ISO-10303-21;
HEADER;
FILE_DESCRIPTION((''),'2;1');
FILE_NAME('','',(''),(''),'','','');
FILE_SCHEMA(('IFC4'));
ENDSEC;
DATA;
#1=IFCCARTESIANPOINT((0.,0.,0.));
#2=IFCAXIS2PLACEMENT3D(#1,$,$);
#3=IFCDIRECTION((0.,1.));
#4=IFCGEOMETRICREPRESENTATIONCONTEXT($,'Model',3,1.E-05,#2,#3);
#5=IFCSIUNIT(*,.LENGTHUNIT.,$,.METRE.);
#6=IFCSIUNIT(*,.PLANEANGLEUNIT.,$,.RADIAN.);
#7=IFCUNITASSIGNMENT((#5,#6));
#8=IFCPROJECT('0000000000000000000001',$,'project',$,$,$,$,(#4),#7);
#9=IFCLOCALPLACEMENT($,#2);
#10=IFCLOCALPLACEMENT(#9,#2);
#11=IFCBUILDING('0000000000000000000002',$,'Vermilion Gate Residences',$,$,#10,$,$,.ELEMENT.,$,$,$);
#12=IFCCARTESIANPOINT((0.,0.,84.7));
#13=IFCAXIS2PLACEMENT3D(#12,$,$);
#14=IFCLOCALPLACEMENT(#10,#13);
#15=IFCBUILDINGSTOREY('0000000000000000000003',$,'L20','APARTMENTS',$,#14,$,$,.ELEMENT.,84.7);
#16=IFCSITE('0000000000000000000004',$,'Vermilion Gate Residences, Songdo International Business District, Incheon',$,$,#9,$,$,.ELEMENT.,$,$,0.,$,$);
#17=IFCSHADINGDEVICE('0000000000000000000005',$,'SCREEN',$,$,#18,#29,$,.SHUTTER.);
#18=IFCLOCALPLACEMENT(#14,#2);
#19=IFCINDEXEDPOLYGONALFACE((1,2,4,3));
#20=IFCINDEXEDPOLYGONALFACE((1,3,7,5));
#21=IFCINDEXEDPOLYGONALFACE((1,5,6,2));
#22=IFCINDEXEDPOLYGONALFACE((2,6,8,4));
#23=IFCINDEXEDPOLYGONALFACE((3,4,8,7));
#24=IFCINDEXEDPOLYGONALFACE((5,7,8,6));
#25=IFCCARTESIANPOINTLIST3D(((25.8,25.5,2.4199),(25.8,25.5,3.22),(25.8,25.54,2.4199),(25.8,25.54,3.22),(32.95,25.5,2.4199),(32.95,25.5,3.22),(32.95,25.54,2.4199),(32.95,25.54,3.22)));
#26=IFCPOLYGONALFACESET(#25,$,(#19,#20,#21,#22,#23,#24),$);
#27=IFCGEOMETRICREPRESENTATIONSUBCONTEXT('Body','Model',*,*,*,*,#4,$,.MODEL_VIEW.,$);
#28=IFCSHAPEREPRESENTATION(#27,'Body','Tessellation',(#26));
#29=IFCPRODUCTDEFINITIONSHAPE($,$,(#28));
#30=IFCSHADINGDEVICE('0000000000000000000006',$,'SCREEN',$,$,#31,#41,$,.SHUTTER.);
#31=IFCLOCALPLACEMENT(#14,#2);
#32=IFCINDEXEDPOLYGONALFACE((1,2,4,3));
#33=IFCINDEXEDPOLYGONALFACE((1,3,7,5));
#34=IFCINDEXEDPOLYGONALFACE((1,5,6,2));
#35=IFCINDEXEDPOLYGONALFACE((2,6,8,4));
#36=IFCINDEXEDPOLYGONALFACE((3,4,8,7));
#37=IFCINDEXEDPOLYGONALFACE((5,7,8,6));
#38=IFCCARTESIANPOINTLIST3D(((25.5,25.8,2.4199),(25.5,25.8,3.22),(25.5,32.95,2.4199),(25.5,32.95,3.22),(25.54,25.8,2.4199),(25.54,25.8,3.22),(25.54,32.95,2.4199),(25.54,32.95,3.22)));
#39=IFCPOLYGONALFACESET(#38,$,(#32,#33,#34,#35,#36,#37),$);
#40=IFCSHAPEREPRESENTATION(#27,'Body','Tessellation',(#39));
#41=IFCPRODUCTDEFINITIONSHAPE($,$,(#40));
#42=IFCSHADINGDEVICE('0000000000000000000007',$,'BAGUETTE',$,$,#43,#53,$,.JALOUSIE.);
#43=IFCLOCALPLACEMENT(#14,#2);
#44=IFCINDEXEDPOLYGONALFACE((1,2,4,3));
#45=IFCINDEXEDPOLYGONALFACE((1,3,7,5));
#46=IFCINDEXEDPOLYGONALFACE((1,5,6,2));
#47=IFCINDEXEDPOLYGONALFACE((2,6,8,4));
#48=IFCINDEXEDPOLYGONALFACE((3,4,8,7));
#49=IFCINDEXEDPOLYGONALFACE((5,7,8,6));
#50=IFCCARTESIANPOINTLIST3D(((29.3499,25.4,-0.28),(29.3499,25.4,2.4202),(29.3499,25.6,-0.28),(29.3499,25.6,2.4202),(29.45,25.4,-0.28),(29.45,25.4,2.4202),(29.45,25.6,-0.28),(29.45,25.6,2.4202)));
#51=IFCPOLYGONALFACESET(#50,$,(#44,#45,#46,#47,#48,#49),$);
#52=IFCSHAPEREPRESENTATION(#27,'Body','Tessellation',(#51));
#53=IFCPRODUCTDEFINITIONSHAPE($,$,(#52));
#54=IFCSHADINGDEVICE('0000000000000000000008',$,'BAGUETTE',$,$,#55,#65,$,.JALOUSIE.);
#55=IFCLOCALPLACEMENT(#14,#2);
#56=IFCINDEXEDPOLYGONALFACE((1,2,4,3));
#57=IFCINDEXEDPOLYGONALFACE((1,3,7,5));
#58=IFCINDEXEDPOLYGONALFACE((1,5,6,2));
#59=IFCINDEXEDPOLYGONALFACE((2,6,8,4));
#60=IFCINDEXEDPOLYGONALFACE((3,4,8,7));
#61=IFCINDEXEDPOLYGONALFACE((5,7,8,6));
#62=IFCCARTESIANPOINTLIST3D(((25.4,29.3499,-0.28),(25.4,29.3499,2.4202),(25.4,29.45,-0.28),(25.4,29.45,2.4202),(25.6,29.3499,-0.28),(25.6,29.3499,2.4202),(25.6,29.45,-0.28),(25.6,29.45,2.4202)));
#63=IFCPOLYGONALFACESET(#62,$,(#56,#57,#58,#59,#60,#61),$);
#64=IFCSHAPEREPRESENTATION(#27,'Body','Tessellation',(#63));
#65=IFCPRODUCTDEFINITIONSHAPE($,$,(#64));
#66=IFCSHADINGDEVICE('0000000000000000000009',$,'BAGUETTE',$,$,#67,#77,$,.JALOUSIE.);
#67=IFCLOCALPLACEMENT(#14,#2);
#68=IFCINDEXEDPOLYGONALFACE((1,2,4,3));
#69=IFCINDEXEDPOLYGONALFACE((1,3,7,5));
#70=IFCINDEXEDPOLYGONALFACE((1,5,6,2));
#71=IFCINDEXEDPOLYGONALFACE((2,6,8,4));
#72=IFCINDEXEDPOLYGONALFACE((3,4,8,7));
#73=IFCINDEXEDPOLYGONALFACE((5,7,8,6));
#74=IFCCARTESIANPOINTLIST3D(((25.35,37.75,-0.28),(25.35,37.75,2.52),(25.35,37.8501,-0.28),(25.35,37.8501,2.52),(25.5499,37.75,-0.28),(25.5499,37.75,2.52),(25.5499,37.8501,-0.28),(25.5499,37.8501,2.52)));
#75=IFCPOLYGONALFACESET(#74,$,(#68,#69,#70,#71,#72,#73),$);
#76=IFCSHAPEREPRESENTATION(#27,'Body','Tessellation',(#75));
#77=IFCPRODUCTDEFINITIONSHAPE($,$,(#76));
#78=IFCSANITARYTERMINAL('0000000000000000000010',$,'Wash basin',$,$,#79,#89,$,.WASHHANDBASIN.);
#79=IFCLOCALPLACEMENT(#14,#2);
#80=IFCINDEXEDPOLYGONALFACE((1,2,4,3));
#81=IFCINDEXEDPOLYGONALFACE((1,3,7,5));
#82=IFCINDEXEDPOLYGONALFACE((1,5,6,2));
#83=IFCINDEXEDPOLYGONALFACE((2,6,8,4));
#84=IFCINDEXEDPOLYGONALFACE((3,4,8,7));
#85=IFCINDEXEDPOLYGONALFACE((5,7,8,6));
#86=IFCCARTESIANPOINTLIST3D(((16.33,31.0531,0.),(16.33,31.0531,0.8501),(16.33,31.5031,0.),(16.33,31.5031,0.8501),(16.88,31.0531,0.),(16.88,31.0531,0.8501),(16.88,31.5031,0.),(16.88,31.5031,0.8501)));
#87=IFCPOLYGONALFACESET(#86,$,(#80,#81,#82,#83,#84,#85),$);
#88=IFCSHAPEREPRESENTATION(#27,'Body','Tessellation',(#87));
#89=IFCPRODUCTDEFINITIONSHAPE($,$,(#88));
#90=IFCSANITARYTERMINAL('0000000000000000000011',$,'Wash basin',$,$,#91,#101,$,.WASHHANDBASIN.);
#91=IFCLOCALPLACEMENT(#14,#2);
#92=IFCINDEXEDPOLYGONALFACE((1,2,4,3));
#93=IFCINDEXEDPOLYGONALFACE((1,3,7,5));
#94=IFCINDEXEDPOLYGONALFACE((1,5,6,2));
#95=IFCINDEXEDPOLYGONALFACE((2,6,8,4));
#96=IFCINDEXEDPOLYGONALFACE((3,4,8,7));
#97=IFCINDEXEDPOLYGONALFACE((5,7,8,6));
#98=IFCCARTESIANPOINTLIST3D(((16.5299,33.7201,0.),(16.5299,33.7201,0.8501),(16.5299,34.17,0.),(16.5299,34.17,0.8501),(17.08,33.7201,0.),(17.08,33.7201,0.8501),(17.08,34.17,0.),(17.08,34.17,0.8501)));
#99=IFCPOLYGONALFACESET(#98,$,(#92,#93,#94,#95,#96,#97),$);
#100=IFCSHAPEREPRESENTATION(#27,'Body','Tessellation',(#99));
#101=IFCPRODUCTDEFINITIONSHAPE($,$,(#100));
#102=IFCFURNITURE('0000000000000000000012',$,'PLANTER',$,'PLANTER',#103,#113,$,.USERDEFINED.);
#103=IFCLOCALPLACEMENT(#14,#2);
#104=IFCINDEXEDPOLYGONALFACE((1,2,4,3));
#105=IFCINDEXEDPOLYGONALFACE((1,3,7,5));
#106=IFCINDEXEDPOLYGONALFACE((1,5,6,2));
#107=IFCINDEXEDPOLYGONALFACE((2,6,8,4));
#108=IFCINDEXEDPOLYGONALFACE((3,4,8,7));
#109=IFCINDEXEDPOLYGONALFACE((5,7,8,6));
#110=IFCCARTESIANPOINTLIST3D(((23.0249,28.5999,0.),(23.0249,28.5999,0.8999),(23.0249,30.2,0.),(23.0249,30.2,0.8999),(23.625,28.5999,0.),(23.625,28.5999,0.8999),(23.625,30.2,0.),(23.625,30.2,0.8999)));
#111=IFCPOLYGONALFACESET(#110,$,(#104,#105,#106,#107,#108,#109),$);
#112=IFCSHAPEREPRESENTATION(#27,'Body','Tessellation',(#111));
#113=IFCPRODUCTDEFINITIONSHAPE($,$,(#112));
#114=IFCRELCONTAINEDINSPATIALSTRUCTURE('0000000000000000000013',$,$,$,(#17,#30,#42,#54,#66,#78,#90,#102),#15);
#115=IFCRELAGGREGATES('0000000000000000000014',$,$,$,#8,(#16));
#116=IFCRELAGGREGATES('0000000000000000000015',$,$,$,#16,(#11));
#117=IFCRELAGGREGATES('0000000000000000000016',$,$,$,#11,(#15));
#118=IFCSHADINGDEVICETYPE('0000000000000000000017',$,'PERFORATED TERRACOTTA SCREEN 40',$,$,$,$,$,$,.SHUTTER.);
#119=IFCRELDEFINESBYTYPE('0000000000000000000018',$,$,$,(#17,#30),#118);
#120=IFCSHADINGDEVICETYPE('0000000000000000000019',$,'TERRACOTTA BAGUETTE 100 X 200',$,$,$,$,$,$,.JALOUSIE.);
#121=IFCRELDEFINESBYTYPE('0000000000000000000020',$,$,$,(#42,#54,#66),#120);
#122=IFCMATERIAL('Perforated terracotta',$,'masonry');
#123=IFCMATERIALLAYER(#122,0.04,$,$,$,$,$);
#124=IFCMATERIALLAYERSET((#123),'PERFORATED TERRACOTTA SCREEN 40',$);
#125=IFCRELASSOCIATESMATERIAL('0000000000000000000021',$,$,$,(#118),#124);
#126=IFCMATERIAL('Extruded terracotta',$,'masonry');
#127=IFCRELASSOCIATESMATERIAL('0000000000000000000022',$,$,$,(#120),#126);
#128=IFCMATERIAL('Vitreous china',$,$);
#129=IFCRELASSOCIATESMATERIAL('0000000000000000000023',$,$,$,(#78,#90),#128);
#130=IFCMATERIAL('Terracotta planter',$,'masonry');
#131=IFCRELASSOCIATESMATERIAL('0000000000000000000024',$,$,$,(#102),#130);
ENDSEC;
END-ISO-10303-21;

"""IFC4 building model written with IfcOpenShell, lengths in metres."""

from ifc_helpers import new_model, si_unit, direction, frame, origin, origin_2d, place, context, subcontext, project, spatial, rectangle, extrude, material, layer, layer_set, material_profile, profile_set, type_object, element, save


model = new_model("IFC4")

# Units and contexts
model_context = context("Model", 3, precision=1e-05, world=origin(), true_north=direction((0.0, 1.0)))
body_context = subcontext(model_context, "Body", "Model", "MODEL_VIEW")
ifc_project = project(units=[si_unit("LENGTHUNIT", "METRE"), si_unit("PLANEANGLEUNIT", "RADIAN")], contexts=[model_context])

# Site, building, storey
site_placement = place(None, origin())
site = spatial("IfcSite", under=ifc_project, at=site_placement, Name="Vermilion Gate Residences, Songdo International Business District, Incheon", CompositionType="ELEMENT", RefElevation=0.0)
building_placement = place(site_placement, origin())
building = spatial("IfcBuilding", under=site, at=building_placement, Name="Vermilion Gate Residences", CompositionType="ELEMENT")
storey_placement = place(building_placement, frame((0.0, 0.0, 84.7)))
storey = spatial("IfcBuildingStorey", under=building, at=storey_placement, Name="L20", Description="APARTMENTS", CompositionType="ELEMENT", Elevation=84.7)

# Shading devices
ifc_material_1 = material(Name="Perforated terracotta", Category="masonry")
ifc_layer_1 = layer(ifc_material_1, 0.04)
ifc_layer_set_1 = layer_set([ifc_layer_1], Name="PERFORATED TERRACOTTA SCREEN 40")
shading_device_type_1 = type_object("IfcShadingDeviceType", Name="PERFORATED TERRACOTTA SCREEN 40", PredefinedType="SHUTTER", material=ifc_layer_set_1)
for number, where, z_axis, x_axis, name in (
    (1, (29.375, 25.52, 2.4199), (0.0, 0.0, 1.0), (-1.0, 0.0, 0.0), "SCREEN"),
    (2, (25.52, 29.375, 2.4199), (0.0, 0.0, 1.0), (0.0, 1.0, 0.0), "SCREEN"),
):
    element("IfcShadingDevice", number, at=place(storey_placement, frame(where, z_axis=z_axis, x_axis=x_axis)), inside=storey, type_object=shading_device_type_1, Name=name, PredefinedType="SHUTTER", context=body_context, shape_type="SweptSolid", body=[
        extrude(rectangle(XDim=7.1499, YDim=0.04, at=origin_2d()), origin(), (0.0, 0.0, 1.0), 0.8),
    ])
ifc_material_2 = material(Name="Extruded terracotta", Category="masonry")
ifc_material_profile_1 = material_profile(ifc_material_2, rectangle(XDim=0.2, YDim=0.1001, at=origin_2d()), Name="BAGUETTE 100 X 200")
ifc_profile_set_1 = profile_set([ifc_material_profile_1], Name="Extruded terracotta")
shading_device_type_2 = type_object("IfcShadingDeviceType", Name="TERRACOTTA BAGUETTE 100 X 200", PredefinedType="JALOUSIE", material=ifc_profile_set_1)
for number, where, z_axis, x_axis, name in (
    (3, (29.3999, 25.5, -0.28), (0.0, 0.0, 1.0), (0.0, -1.0, 0.0), "BAGUETTE"),
    (4, (25.5, 29.3999, -0.28), (0.0, 0.0, 1.0), (-1.0, 0.0, 0.0), "BAGUETTE"),
):
    element("IfcShadingDevice", number, at=place(storey_placement, frame(where, z_axis=z_axis, x_axis=x_axis)), inside=storey, type_object=shading_device_type_2, Name=name, PredefinedType="JALOUSIE", context=body_context, shape_type="SweptSolid", body=[
        extrude(rectangle(XDim=0.2, YDim=0.1001, at=origin_2d()), origin(), (0.0, 0.0, 1.0), 2.7002),
    ])
shading_device_placement = place(storey_placement, frame((25.45, 37.8, -0.28), z_axis=(0.0, 0.0, 1.0), x_axis=(-1.0, 0.0, 0.0)))
element("IfcShadingDevice", 5, at=shading_device_placement, inside=storey, type_object=shading_device_type_2, Name="BAGUETTE", PredefinedType="JALOUSIE", context=body_context, shape_type="SweptSolid", body=[
    extrude(rectangle(XDim=0.2, YDim=0.1001, at=origin_2d()), origin(), (0.0, 0.0, 1.0), 2.8),
])

# Sanitary terminals
ifc_material_3 = material(Name="Vitreous china")
for number, where, z_axis, x_axis, name in (
    (6, (16.605, 31.2781, 0.0), (0.0, 0.0, 1.0), (1.0, 0.0, 0.0), "Wash basin"),
    (7, (16.8049, 33.9451, 0.0), (0.0, 0.0, 1.0), (1.0, 0.0, 0.0), "Wash basin"),
):
    element("IfcSanitaryTerminal", number, at=place(storey_placement, frame(where, z_axis=z_axis, x_axis=x_axis)), inside=storey, material=ifc_material_3, Name=name, PredefinedType="WASHHANDBASIN", context=body_context, shape_type="SweptSolid", body=[
        extrude(rectangle(XDim=0.55, YDim=0.45, at=origin_2d()), origin(), (0.0, 0.0, 1.0), 0.8501),
    ])

# Furniture
ifc_material_4 = material(Name="Terracotta planter", Category="masonry")
furniture_placement = place(storey_placement, frame((23.325, 29.3999, 0.0), z_axis=(0.0, 0.0, 1.0), x_axis=(0.0, 1.0, 0.0)))
element("IfcFurniture", 8, at=furniture_placement, inside=storey, material=ifc_material_4, Name="PLANTER", ObjectType="PLANTER", PredefinedType="USERDEFINED", context=body_context, shape_type="SweptSolid", body=[
    extrude(rectangle(XDim=1.6001, YDim=0.6001, at=origin_2d()), origin(), (0.0, 0.0, 1.0), 0.8999),
])

save(model, "model.ifc")
